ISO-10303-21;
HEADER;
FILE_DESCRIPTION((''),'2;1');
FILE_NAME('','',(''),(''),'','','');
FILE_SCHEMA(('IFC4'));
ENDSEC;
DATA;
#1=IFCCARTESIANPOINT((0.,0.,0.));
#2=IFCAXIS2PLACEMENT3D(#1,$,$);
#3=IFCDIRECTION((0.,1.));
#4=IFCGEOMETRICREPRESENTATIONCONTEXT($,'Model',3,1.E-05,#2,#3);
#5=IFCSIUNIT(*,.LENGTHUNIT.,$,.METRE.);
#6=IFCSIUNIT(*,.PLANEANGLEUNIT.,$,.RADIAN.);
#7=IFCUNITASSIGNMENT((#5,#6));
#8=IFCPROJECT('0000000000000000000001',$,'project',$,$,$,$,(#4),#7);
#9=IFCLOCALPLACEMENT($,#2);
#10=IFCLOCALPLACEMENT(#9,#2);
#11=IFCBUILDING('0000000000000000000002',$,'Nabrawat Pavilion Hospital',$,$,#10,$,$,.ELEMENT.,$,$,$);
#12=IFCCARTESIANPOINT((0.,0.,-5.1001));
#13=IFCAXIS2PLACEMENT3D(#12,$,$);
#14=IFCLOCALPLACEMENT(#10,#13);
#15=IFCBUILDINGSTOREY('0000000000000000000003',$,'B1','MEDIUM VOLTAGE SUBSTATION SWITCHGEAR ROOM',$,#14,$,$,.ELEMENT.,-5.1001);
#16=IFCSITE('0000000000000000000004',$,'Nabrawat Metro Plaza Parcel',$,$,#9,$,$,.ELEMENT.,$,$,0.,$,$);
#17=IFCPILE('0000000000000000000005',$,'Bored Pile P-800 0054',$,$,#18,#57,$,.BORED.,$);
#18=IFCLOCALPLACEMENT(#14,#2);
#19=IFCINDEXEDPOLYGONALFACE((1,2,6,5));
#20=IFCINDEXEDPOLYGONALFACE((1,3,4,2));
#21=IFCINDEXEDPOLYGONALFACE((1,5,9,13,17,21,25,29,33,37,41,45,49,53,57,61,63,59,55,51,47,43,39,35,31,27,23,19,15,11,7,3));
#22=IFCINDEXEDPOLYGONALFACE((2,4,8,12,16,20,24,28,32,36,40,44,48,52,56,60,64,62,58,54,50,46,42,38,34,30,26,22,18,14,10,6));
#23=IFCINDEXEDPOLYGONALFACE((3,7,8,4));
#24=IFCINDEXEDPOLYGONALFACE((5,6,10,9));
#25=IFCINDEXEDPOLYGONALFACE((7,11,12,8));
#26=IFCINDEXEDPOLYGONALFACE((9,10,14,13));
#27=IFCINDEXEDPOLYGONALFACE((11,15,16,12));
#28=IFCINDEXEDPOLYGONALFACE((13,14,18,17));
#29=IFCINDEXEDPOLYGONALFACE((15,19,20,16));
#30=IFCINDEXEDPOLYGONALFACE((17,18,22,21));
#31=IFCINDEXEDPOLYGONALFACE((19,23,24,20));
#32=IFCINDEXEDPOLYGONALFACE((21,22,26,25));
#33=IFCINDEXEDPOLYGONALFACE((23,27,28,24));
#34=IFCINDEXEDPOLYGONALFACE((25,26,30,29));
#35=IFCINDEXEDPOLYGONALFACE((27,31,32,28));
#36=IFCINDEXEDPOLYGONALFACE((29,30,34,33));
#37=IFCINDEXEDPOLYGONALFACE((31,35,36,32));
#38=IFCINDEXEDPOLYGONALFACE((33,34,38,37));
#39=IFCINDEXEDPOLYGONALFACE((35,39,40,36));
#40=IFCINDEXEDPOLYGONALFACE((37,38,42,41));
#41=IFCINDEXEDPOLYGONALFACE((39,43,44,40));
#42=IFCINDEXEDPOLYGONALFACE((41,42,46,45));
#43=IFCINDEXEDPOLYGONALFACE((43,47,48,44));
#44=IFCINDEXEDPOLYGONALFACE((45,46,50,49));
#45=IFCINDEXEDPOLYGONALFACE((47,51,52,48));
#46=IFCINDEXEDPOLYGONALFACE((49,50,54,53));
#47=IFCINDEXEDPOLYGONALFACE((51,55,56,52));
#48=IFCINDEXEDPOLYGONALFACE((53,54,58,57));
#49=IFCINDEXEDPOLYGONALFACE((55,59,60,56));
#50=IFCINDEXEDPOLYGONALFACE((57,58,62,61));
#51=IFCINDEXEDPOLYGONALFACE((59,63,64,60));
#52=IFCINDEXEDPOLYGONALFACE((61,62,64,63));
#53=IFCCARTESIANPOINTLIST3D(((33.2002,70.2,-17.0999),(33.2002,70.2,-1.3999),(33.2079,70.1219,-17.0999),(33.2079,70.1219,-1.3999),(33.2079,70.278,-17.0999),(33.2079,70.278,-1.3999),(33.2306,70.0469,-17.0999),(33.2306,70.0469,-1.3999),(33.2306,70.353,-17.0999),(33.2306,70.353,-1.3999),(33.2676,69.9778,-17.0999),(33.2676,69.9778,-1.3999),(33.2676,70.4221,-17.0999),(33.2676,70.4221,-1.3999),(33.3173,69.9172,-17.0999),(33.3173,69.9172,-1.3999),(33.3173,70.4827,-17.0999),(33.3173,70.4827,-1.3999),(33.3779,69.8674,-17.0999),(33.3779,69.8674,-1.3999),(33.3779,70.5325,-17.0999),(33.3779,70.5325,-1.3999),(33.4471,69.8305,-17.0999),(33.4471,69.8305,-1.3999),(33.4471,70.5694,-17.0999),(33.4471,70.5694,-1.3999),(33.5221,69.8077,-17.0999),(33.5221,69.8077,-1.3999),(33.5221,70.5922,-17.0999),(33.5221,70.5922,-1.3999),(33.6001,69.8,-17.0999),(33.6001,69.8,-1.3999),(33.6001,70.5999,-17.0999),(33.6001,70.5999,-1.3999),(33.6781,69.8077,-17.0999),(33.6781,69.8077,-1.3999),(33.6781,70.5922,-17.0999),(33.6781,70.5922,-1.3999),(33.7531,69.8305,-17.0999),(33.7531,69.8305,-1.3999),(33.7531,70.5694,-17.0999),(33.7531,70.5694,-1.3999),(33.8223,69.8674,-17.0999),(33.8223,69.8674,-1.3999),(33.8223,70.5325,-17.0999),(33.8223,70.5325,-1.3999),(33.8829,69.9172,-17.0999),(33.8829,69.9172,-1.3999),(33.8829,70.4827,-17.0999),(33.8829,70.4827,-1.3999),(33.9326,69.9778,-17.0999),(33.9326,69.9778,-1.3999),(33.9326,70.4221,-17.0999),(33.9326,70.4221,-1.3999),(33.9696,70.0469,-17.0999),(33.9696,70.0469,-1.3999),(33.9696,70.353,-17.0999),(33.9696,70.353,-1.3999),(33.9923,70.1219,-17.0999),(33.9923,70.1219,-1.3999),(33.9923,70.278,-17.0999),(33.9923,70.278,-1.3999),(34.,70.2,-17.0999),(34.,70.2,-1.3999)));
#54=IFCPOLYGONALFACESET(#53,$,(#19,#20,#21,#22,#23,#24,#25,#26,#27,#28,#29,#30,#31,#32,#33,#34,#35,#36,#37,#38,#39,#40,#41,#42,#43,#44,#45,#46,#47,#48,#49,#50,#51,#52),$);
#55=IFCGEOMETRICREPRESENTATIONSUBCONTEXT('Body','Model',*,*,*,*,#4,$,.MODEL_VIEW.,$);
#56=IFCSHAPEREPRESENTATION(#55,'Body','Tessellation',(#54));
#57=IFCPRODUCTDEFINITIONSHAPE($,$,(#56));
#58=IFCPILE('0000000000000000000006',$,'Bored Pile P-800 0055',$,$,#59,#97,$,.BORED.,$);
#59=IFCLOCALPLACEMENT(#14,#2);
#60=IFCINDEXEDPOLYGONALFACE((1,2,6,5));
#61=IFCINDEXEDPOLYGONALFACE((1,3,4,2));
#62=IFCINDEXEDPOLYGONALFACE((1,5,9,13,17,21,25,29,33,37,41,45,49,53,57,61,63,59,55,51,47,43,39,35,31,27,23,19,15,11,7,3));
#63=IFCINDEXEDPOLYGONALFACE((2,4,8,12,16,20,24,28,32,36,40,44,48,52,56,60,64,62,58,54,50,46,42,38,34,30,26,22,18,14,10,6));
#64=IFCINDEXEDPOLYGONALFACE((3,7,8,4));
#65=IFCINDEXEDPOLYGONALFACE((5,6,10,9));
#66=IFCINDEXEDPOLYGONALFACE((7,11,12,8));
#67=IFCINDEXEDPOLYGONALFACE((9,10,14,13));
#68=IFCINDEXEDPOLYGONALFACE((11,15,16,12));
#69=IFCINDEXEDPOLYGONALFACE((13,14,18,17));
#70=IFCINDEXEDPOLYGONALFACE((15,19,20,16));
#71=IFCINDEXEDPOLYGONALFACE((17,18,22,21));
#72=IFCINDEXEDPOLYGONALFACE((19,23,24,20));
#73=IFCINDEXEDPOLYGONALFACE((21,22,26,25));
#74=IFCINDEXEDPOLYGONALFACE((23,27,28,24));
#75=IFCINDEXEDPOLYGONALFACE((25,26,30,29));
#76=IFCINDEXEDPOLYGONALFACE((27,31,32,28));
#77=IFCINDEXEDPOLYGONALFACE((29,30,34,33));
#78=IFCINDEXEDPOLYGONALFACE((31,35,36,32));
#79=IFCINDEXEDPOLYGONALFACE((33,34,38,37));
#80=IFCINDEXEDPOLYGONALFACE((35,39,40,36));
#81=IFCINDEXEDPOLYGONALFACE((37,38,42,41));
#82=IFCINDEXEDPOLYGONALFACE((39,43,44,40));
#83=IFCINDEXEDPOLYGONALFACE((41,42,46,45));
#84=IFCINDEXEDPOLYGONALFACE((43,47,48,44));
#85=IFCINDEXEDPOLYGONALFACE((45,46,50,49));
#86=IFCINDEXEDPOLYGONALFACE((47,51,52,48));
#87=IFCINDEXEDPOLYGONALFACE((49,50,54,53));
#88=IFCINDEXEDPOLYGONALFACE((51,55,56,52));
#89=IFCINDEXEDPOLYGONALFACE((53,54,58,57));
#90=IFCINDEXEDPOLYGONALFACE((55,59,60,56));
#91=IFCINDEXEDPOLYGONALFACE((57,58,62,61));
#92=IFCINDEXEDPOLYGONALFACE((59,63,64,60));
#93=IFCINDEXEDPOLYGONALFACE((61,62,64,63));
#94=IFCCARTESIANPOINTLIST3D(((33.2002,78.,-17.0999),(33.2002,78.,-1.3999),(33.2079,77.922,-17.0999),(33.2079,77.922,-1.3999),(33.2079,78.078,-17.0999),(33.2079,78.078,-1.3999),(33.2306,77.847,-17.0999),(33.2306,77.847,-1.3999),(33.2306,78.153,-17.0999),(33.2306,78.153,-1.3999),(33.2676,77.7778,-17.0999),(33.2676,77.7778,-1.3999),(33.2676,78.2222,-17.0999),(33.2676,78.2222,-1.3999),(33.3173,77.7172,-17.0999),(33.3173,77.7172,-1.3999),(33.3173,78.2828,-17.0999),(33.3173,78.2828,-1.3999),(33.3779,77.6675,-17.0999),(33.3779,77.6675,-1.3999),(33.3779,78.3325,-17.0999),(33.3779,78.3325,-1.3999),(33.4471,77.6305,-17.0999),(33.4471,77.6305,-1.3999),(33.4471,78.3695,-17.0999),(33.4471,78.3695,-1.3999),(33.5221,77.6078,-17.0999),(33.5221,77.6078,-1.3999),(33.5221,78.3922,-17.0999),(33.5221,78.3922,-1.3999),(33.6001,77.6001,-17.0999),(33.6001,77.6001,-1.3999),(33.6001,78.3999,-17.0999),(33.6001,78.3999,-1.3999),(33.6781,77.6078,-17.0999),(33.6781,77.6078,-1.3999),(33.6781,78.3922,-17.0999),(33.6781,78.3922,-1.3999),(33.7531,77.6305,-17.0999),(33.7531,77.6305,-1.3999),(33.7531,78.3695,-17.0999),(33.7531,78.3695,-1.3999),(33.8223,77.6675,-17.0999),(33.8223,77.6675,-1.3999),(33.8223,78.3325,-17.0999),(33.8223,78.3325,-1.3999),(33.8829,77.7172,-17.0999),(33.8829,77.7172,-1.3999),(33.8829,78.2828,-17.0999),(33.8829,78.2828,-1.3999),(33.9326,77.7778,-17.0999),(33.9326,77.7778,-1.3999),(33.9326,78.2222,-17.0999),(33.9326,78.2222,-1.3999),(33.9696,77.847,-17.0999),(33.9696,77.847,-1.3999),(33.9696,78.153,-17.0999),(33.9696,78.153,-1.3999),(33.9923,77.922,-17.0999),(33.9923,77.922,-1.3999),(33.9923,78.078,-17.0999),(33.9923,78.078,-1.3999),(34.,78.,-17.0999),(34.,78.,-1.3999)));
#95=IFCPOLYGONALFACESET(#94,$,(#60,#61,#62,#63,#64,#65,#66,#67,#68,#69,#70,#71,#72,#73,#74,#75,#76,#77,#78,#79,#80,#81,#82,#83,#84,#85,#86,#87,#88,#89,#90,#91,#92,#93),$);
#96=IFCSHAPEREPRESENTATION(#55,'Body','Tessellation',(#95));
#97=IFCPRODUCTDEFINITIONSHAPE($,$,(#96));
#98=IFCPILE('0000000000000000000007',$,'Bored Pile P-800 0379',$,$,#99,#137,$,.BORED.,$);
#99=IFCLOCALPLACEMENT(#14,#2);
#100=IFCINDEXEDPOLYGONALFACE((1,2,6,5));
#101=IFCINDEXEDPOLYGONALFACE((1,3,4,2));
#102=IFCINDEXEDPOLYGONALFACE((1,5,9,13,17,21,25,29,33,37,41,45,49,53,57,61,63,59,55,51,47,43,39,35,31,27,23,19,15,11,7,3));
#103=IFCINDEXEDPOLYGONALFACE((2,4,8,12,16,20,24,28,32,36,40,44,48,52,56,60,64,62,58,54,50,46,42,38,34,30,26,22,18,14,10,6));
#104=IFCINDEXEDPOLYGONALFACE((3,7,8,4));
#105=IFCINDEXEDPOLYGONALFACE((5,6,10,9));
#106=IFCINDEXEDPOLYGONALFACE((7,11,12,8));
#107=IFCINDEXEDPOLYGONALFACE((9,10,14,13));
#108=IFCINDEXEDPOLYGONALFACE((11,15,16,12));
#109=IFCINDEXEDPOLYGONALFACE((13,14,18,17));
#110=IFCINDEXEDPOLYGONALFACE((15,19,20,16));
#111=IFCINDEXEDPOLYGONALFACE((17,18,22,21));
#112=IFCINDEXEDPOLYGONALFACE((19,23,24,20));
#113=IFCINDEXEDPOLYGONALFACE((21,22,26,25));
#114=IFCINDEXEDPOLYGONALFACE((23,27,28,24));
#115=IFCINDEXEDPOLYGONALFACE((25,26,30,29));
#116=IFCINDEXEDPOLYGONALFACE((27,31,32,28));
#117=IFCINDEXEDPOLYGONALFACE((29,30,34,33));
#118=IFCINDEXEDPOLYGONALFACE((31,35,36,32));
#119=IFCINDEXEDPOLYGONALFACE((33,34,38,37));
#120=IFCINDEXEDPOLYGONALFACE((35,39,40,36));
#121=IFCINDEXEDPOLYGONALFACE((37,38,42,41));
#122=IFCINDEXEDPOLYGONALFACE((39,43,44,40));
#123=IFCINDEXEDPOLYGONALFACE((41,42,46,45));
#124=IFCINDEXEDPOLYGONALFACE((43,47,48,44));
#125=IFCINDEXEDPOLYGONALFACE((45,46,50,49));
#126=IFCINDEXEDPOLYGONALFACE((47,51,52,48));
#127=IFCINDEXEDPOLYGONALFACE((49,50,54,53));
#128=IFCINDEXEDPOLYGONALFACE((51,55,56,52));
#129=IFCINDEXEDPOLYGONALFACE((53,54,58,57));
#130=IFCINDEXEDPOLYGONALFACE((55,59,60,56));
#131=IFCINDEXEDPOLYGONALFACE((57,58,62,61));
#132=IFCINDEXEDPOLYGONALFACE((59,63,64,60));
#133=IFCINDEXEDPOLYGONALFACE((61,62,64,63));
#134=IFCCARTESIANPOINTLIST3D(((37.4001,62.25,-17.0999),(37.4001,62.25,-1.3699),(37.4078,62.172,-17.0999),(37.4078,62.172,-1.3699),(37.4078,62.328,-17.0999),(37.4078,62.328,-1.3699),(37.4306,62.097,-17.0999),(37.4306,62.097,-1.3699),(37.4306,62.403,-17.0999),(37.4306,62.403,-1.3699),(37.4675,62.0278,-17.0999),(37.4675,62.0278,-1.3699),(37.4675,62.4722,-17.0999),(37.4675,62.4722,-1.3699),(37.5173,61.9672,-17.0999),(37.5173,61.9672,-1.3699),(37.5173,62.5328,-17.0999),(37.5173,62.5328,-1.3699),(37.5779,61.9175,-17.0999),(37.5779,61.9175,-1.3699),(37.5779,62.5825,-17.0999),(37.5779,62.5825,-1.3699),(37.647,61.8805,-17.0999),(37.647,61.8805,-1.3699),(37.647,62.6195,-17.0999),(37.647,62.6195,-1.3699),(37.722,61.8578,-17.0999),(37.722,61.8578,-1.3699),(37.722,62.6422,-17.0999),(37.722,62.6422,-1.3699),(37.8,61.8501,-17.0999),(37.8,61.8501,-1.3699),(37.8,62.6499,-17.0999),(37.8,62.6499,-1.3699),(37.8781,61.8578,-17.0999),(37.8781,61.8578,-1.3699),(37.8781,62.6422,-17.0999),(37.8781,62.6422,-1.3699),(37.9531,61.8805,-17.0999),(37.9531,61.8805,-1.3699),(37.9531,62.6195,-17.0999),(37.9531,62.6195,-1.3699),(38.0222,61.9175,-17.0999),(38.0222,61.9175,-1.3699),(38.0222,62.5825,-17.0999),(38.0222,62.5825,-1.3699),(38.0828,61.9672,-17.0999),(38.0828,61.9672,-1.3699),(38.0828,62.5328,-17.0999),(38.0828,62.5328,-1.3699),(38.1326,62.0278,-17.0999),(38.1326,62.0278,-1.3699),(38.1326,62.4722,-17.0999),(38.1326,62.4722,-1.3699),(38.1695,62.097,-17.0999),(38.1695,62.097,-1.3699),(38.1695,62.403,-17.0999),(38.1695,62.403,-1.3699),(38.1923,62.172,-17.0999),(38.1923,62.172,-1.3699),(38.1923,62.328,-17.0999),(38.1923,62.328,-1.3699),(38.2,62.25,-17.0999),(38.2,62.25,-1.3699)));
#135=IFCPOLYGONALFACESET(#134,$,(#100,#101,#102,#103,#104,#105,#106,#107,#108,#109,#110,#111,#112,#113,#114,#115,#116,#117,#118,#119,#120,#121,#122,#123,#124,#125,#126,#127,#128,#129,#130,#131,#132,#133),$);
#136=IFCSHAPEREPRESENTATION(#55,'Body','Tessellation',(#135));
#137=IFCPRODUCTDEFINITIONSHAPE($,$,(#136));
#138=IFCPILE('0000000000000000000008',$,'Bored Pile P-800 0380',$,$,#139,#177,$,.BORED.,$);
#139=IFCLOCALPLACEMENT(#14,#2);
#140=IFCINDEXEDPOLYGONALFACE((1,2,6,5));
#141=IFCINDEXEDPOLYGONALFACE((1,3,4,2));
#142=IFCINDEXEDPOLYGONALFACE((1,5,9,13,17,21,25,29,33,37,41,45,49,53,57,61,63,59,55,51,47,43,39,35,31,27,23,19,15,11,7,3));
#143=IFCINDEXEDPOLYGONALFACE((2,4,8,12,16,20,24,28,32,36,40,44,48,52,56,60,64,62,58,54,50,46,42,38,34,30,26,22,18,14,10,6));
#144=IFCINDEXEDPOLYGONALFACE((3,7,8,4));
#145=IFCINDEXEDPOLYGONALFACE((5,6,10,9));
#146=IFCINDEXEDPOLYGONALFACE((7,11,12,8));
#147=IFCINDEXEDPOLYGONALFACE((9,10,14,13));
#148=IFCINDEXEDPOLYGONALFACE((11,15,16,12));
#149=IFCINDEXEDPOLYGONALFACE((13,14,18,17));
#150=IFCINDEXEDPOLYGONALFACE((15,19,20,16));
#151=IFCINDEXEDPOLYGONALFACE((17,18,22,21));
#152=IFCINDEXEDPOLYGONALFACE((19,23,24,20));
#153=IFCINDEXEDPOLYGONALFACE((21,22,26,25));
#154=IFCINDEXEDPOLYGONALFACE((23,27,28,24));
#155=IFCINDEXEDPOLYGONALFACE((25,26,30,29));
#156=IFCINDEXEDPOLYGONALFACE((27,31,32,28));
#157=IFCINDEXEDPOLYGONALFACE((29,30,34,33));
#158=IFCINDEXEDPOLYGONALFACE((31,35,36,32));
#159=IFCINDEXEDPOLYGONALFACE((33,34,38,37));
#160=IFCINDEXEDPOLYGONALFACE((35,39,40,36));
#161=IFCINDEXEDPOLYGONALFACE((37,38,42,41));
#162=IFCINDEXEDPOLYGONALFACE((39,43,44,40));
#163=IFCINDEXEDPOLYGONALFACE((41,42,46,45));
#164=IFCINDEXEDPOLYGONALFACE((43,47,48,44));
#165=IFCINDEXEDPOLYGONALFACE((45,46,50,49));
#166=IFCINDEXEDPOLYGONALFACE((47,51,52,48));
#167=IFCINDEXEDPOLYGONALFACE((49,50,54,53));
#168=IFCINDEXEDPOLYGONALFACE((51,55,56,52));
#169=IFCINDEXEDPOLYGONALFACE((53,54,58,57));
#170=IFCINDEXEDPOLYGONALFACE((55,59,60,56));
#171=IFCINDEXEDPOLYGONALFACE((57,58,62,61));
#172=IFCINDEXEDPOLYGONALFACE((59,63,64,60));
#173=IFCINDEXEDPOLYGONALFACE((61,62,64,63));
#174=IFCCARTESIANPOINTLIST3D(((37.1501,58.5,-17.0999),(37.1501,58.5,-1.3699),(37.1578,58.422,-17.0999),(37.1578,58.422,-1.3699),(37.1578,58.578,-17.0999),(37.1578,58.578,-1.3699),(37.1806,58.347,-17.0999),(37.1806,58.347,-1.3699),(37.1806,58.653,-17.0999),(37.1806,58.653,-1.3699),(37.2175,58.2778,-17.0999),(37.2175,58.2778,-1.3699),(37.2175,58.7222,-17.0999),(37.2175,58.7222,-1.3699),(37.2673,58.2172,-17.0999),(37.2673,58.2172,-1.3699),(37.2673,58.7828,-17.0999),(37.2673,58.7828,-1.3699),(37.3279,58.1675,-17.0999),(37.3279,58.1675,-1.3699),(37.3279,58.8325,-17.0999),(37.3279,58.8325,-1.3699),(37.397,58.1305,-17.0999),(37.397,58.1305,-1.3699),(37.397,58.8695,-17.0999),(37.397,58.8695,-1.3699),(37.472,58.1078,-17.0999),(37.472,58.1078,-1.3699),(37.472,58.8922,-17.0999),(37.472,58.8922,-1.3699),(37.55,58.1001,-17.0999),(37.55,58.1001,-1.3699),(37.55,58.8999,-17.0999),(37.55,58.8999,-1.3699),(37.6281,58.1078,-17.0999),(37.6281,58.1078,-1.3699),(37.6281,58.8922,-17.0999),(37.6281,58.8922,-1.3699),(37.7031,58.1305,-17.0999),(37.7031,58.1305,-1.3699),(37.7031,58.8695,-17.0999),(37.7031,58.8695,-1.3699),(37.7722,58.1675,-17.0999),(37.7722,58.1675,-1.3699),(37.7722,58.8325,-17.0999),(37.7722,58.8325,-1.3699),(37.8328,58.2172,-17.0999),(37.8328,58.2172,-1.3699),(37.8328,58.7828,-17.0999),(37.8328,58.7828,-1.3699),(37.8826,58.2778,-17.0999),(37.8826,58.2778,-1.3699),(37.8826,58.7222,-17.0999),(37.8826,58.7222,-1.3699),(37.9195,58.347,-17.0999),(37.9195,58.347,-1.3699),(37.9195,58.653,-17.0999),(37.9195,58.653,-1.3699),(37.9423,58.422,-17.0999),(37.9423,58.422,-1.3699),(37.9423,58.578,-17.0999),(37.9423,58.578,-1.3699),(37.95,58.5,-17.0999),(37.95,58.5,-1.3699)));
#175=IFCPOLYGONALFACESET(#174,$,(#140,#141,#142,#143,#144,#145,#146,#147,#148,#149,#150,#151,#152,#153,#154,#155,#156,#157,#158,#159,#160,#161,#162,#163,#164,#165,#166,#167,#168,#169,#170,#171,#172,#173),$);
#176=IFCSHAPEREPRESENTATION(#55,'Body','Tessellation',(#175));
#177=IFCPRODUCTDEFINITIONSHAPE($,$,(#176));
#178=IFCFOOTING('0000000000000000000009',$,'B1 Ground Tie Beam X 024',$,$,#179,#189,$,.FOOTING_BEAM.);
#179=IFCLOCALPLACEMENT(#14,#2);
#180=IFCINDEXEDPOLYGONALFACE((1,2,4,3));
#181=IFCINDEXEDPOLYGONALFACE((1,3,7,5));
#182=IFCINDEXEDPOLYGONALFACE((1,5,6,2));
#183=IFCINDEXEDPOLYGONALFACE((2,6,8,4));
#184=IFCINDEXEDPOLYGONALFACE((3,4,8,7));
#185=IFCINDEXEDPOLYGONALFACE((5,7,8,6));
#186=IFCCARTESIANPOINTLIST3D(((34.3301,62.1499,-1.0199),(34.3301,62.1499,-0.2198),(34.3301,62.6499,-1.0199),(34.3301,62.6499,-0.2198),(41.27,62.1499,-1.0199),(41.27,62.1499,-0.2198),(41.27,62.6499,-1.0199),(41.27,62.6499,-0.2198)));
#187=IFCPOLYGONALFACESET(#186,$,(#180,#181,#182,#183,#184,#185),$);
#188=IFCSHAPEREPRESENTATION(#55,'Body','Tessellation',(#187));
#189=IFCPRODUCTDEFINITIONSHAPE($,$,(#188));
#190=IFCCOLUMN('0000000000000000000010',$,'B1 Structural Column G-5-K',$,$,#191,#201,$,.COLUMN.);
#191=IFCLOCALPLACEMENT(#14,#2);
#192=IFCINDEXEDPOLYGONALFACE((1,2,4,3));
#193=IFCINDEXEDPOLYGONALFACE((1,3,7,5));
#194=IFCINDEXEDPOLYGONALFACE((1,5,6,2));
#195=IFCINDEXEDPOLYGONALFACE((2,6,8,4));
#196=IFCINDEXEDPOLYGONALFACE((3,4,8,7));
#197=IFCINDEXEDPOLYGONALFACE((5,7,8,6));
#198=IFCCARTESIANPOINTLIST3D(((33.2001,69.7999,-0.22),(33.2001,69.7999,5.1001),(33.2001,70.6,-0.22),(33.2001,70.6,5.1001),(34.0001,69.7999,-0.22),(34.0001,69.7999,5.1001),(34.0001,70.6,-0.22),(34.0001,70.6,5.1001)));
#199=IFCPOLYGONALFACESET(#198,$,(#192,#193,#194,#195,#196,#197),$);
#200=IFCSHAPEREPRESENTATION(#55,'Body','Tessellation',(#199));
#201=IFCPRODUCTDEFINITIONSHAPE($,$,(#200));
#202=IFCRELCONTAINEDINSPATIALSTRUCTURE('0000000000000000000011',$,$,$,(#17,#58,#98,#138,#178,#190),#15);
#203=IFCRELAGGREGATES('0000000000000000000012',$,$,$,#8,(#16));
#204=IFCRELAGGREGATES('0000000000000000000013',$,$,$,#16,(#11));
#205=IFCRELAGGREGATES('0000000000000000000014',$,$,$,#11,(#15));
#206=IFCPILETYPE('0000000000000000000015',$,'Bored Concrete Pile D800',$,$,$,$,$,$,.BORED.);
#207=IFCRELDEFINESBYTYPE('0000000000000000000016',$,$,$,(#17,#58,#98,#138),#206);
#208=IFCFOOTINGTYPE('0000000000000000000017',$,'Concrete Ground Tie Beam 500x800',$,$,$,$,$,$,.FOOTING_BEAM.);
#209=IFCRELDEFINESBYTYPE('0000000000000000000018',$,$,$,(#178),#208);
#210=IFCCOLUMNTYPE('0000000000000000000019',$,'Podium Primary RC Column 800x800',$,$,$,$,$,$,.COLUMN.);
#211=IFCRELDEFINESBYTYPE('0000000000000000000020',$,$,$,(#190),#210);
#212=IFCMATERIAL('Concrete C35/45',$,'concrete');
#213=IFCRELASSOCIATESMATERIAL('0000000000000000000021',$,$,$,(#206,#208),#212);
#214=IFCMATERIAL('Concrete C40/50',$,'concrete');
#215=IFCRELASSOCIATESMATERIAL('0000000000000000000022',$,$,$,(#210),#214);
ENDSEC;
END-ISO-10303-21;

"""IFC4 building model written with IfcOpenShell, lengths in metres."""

from ifc_helpers import new_model, si_unit, direction, frame, origin, origin_2d, place, context, subcontext, project, spatial, rectangle, circle, extrude, material, material_profile, profile_set, type_object, element, save


model = new_model("IFC4")

# Units and contexts
model_context = context("Model", 3, precision=1e-05, world=origin(), true_north=direction((0.0, 1.0)))
body_context = subcontext(model_context, "Body", "Model", "MODEL_VIEW")
ifc_project = project(units=[si_unit("LENGTHUNIT", "METRE"), si_unit("PLANEANGLEUNIT", "RADIAN")], contexts=[model_context])

# Site, building, storey
site_placement = place(None, origin())
site = spatial("IfcSite", under=ifc_project, at=site_placement, Name="Nabrawat Metro Plaza Parcel", CompositionType="ELEMENT", RefElevation=0.0)
building_placement = place(site_placement, origin())
building = spatial("IfcBuilding", under=site, at=building_placement, Name="Nabrawat Pavilion Hospital", CompositionType="ELEMENT")
storey_placement = place(building_placement, frame((0.0, 0.0, -5.1001)))
storey = spatial("IfcBuildingStorey", under=building, at=storey_placement, Name="B1", Description="MEDIUM VOLTAGE SUBSTATION SWITCHGEAR ROOM", CompositionType="ELEMENT", Elevation=-5.1001)

# Piles
ifc_material_1 = material(Name="Concrete C35/45", Category="concrete")
ifc_material_profile_1 = material_profile(ifc_material_1, circle(Radius=0.3999, at=origin_2d()), Name="DIA 800")
ifc_profile_set_1 = profile_set([ifc_material_profile_1], Name="Concrete C35/45")
pile_type = type_object("IfcPileType", Name="Bored Concrete Pile D800", PredefinedType="BORED", material=ifc_profile_set_1)
for number, where, z_axis, x_axis, name in (
    (1, (33.6001, 70.2, -1.3999), (0.0, 0.0, -1.0), (1.0, 0.0, 0.0), "Bored Pile P-800 0054"),
    (2, (33.6001, 78.0, -1.3999), (0.0, 0.0, -1.0), (1.0, 0.0, 0.0), "Bored Pile P-800 0055"),
):
    element("IfcPile", number, at=place(storey_placement, frame(where, z_axis=z_axis, x_axis=x_axis)), inside=storey, type_object=pile_type, Name=name, PredefinedType="BORED", context=body_context, shape_type="SweptSolid", body=[
        extrude(circle(Radius=0.3999, at=origin_2d()), origin(), (0.0, 0.0, 1.0), 15.7),
    ])
for number, where, z_axis, x_axis, name in (
    (3, (37.8, 62.25, -1.3699), (0.0, 0.0, -1.0), (1.0, 0.0, 0.0), "Bored Pile P-800 0379"),
    (4, (37.55, 58.5, -1.3699), (0.0, 0.0, -1.0), (1.0, 0.0, 0.0), "Bored Pile P-800 0380"),
):
    element("IfcPile", number, at=place(storey_placement, frame(where, z_axis=z_axis, x_axis=x_axis)), inside=storey, type_object=pile_type, Name=name, PredefinedType="BORED", context=body_context, shape_type="SweptSolid", body=[
        extrude(circle(Radius=0.3999, at=origin_2d()), origin(), (0.0, 0.0, 1.0), 15.73),
    ])

# Footing
ifc_material_profile_2 = material_profile(ifc_material_1, rectangle(XDim=0.5, YDim=0.8, at=origin_2d()), Name="RC 500x800")
ifc_profile_set_2 = profile_set([ifc_material_profile_2], Name="Concrete C35/45")
footing_type = type_object("IfcFootingType", Name="Concrete Ground Tie Beam 500x800", PredefinedType="FOOTING_BEAM", material=ifc_profile_set_2)
footing_placement = place(storey_placement, frame((34.3301, 62.3999, -0.6199), z_axis=(1.0, 0.0, 0.0), x_axis=(0.0, 1.0, 0.0)))
element("IfcFooting", 5, at=footing_placement, inside=storey, type_object=footing_type, Name="B1 Ground Tie Beam X 024", PredefinedType="FOOTING_BEAM", context=body_context, shape_type="SweptSolid", body=[
    extrude(rectangle(XDim=0.5, YDim=0.8, at=origin_2d()), origin(), (0.0, 0.0, 1.0), 6.9399),
])

# Column
ifc_material_2 = material(Name="Concrete C40/50", Category="concrete")
ifc_material_profile_3 = material_profile(ifc_material_2, rectangle(XDim=0.8, YDim=0.8, at=origin_2d()), Name="RC 800x800")
ifc_profile_set_3 = profile_set([ifc_material_profile_3], Name="Concrete C40/50")
column_type = type_object("IfcColumnType", Name="Podium Primary RC Column 800x800", PredefinedType="COLUMN", material=ifc_profile_set_3)
for number, where, z_axis, x_axis, name in (
    (6, (33.6001, 70.2, -0.22), (0.0, 0.0, 1.0), (1.0, 0.0, 0.0), "B1 Structural Column G-5-K"),
):
    element("IfcColumn", number, at=place(storey_placement, frame(where, z_axis=z_axis, x_axis=x_axis)), inside=storey, type_object=column_type, Name=name, PredefinedType="COLUMN", context=body_context, shape_type="SweptSolid", body=[
        extrude(rectangle(XDim=0.8, YDim=0.8, at=origin_2d()), origin(), (0.0, 0.0, 1.0), 5.3201),
    ])

save(model, "model.ifc")
